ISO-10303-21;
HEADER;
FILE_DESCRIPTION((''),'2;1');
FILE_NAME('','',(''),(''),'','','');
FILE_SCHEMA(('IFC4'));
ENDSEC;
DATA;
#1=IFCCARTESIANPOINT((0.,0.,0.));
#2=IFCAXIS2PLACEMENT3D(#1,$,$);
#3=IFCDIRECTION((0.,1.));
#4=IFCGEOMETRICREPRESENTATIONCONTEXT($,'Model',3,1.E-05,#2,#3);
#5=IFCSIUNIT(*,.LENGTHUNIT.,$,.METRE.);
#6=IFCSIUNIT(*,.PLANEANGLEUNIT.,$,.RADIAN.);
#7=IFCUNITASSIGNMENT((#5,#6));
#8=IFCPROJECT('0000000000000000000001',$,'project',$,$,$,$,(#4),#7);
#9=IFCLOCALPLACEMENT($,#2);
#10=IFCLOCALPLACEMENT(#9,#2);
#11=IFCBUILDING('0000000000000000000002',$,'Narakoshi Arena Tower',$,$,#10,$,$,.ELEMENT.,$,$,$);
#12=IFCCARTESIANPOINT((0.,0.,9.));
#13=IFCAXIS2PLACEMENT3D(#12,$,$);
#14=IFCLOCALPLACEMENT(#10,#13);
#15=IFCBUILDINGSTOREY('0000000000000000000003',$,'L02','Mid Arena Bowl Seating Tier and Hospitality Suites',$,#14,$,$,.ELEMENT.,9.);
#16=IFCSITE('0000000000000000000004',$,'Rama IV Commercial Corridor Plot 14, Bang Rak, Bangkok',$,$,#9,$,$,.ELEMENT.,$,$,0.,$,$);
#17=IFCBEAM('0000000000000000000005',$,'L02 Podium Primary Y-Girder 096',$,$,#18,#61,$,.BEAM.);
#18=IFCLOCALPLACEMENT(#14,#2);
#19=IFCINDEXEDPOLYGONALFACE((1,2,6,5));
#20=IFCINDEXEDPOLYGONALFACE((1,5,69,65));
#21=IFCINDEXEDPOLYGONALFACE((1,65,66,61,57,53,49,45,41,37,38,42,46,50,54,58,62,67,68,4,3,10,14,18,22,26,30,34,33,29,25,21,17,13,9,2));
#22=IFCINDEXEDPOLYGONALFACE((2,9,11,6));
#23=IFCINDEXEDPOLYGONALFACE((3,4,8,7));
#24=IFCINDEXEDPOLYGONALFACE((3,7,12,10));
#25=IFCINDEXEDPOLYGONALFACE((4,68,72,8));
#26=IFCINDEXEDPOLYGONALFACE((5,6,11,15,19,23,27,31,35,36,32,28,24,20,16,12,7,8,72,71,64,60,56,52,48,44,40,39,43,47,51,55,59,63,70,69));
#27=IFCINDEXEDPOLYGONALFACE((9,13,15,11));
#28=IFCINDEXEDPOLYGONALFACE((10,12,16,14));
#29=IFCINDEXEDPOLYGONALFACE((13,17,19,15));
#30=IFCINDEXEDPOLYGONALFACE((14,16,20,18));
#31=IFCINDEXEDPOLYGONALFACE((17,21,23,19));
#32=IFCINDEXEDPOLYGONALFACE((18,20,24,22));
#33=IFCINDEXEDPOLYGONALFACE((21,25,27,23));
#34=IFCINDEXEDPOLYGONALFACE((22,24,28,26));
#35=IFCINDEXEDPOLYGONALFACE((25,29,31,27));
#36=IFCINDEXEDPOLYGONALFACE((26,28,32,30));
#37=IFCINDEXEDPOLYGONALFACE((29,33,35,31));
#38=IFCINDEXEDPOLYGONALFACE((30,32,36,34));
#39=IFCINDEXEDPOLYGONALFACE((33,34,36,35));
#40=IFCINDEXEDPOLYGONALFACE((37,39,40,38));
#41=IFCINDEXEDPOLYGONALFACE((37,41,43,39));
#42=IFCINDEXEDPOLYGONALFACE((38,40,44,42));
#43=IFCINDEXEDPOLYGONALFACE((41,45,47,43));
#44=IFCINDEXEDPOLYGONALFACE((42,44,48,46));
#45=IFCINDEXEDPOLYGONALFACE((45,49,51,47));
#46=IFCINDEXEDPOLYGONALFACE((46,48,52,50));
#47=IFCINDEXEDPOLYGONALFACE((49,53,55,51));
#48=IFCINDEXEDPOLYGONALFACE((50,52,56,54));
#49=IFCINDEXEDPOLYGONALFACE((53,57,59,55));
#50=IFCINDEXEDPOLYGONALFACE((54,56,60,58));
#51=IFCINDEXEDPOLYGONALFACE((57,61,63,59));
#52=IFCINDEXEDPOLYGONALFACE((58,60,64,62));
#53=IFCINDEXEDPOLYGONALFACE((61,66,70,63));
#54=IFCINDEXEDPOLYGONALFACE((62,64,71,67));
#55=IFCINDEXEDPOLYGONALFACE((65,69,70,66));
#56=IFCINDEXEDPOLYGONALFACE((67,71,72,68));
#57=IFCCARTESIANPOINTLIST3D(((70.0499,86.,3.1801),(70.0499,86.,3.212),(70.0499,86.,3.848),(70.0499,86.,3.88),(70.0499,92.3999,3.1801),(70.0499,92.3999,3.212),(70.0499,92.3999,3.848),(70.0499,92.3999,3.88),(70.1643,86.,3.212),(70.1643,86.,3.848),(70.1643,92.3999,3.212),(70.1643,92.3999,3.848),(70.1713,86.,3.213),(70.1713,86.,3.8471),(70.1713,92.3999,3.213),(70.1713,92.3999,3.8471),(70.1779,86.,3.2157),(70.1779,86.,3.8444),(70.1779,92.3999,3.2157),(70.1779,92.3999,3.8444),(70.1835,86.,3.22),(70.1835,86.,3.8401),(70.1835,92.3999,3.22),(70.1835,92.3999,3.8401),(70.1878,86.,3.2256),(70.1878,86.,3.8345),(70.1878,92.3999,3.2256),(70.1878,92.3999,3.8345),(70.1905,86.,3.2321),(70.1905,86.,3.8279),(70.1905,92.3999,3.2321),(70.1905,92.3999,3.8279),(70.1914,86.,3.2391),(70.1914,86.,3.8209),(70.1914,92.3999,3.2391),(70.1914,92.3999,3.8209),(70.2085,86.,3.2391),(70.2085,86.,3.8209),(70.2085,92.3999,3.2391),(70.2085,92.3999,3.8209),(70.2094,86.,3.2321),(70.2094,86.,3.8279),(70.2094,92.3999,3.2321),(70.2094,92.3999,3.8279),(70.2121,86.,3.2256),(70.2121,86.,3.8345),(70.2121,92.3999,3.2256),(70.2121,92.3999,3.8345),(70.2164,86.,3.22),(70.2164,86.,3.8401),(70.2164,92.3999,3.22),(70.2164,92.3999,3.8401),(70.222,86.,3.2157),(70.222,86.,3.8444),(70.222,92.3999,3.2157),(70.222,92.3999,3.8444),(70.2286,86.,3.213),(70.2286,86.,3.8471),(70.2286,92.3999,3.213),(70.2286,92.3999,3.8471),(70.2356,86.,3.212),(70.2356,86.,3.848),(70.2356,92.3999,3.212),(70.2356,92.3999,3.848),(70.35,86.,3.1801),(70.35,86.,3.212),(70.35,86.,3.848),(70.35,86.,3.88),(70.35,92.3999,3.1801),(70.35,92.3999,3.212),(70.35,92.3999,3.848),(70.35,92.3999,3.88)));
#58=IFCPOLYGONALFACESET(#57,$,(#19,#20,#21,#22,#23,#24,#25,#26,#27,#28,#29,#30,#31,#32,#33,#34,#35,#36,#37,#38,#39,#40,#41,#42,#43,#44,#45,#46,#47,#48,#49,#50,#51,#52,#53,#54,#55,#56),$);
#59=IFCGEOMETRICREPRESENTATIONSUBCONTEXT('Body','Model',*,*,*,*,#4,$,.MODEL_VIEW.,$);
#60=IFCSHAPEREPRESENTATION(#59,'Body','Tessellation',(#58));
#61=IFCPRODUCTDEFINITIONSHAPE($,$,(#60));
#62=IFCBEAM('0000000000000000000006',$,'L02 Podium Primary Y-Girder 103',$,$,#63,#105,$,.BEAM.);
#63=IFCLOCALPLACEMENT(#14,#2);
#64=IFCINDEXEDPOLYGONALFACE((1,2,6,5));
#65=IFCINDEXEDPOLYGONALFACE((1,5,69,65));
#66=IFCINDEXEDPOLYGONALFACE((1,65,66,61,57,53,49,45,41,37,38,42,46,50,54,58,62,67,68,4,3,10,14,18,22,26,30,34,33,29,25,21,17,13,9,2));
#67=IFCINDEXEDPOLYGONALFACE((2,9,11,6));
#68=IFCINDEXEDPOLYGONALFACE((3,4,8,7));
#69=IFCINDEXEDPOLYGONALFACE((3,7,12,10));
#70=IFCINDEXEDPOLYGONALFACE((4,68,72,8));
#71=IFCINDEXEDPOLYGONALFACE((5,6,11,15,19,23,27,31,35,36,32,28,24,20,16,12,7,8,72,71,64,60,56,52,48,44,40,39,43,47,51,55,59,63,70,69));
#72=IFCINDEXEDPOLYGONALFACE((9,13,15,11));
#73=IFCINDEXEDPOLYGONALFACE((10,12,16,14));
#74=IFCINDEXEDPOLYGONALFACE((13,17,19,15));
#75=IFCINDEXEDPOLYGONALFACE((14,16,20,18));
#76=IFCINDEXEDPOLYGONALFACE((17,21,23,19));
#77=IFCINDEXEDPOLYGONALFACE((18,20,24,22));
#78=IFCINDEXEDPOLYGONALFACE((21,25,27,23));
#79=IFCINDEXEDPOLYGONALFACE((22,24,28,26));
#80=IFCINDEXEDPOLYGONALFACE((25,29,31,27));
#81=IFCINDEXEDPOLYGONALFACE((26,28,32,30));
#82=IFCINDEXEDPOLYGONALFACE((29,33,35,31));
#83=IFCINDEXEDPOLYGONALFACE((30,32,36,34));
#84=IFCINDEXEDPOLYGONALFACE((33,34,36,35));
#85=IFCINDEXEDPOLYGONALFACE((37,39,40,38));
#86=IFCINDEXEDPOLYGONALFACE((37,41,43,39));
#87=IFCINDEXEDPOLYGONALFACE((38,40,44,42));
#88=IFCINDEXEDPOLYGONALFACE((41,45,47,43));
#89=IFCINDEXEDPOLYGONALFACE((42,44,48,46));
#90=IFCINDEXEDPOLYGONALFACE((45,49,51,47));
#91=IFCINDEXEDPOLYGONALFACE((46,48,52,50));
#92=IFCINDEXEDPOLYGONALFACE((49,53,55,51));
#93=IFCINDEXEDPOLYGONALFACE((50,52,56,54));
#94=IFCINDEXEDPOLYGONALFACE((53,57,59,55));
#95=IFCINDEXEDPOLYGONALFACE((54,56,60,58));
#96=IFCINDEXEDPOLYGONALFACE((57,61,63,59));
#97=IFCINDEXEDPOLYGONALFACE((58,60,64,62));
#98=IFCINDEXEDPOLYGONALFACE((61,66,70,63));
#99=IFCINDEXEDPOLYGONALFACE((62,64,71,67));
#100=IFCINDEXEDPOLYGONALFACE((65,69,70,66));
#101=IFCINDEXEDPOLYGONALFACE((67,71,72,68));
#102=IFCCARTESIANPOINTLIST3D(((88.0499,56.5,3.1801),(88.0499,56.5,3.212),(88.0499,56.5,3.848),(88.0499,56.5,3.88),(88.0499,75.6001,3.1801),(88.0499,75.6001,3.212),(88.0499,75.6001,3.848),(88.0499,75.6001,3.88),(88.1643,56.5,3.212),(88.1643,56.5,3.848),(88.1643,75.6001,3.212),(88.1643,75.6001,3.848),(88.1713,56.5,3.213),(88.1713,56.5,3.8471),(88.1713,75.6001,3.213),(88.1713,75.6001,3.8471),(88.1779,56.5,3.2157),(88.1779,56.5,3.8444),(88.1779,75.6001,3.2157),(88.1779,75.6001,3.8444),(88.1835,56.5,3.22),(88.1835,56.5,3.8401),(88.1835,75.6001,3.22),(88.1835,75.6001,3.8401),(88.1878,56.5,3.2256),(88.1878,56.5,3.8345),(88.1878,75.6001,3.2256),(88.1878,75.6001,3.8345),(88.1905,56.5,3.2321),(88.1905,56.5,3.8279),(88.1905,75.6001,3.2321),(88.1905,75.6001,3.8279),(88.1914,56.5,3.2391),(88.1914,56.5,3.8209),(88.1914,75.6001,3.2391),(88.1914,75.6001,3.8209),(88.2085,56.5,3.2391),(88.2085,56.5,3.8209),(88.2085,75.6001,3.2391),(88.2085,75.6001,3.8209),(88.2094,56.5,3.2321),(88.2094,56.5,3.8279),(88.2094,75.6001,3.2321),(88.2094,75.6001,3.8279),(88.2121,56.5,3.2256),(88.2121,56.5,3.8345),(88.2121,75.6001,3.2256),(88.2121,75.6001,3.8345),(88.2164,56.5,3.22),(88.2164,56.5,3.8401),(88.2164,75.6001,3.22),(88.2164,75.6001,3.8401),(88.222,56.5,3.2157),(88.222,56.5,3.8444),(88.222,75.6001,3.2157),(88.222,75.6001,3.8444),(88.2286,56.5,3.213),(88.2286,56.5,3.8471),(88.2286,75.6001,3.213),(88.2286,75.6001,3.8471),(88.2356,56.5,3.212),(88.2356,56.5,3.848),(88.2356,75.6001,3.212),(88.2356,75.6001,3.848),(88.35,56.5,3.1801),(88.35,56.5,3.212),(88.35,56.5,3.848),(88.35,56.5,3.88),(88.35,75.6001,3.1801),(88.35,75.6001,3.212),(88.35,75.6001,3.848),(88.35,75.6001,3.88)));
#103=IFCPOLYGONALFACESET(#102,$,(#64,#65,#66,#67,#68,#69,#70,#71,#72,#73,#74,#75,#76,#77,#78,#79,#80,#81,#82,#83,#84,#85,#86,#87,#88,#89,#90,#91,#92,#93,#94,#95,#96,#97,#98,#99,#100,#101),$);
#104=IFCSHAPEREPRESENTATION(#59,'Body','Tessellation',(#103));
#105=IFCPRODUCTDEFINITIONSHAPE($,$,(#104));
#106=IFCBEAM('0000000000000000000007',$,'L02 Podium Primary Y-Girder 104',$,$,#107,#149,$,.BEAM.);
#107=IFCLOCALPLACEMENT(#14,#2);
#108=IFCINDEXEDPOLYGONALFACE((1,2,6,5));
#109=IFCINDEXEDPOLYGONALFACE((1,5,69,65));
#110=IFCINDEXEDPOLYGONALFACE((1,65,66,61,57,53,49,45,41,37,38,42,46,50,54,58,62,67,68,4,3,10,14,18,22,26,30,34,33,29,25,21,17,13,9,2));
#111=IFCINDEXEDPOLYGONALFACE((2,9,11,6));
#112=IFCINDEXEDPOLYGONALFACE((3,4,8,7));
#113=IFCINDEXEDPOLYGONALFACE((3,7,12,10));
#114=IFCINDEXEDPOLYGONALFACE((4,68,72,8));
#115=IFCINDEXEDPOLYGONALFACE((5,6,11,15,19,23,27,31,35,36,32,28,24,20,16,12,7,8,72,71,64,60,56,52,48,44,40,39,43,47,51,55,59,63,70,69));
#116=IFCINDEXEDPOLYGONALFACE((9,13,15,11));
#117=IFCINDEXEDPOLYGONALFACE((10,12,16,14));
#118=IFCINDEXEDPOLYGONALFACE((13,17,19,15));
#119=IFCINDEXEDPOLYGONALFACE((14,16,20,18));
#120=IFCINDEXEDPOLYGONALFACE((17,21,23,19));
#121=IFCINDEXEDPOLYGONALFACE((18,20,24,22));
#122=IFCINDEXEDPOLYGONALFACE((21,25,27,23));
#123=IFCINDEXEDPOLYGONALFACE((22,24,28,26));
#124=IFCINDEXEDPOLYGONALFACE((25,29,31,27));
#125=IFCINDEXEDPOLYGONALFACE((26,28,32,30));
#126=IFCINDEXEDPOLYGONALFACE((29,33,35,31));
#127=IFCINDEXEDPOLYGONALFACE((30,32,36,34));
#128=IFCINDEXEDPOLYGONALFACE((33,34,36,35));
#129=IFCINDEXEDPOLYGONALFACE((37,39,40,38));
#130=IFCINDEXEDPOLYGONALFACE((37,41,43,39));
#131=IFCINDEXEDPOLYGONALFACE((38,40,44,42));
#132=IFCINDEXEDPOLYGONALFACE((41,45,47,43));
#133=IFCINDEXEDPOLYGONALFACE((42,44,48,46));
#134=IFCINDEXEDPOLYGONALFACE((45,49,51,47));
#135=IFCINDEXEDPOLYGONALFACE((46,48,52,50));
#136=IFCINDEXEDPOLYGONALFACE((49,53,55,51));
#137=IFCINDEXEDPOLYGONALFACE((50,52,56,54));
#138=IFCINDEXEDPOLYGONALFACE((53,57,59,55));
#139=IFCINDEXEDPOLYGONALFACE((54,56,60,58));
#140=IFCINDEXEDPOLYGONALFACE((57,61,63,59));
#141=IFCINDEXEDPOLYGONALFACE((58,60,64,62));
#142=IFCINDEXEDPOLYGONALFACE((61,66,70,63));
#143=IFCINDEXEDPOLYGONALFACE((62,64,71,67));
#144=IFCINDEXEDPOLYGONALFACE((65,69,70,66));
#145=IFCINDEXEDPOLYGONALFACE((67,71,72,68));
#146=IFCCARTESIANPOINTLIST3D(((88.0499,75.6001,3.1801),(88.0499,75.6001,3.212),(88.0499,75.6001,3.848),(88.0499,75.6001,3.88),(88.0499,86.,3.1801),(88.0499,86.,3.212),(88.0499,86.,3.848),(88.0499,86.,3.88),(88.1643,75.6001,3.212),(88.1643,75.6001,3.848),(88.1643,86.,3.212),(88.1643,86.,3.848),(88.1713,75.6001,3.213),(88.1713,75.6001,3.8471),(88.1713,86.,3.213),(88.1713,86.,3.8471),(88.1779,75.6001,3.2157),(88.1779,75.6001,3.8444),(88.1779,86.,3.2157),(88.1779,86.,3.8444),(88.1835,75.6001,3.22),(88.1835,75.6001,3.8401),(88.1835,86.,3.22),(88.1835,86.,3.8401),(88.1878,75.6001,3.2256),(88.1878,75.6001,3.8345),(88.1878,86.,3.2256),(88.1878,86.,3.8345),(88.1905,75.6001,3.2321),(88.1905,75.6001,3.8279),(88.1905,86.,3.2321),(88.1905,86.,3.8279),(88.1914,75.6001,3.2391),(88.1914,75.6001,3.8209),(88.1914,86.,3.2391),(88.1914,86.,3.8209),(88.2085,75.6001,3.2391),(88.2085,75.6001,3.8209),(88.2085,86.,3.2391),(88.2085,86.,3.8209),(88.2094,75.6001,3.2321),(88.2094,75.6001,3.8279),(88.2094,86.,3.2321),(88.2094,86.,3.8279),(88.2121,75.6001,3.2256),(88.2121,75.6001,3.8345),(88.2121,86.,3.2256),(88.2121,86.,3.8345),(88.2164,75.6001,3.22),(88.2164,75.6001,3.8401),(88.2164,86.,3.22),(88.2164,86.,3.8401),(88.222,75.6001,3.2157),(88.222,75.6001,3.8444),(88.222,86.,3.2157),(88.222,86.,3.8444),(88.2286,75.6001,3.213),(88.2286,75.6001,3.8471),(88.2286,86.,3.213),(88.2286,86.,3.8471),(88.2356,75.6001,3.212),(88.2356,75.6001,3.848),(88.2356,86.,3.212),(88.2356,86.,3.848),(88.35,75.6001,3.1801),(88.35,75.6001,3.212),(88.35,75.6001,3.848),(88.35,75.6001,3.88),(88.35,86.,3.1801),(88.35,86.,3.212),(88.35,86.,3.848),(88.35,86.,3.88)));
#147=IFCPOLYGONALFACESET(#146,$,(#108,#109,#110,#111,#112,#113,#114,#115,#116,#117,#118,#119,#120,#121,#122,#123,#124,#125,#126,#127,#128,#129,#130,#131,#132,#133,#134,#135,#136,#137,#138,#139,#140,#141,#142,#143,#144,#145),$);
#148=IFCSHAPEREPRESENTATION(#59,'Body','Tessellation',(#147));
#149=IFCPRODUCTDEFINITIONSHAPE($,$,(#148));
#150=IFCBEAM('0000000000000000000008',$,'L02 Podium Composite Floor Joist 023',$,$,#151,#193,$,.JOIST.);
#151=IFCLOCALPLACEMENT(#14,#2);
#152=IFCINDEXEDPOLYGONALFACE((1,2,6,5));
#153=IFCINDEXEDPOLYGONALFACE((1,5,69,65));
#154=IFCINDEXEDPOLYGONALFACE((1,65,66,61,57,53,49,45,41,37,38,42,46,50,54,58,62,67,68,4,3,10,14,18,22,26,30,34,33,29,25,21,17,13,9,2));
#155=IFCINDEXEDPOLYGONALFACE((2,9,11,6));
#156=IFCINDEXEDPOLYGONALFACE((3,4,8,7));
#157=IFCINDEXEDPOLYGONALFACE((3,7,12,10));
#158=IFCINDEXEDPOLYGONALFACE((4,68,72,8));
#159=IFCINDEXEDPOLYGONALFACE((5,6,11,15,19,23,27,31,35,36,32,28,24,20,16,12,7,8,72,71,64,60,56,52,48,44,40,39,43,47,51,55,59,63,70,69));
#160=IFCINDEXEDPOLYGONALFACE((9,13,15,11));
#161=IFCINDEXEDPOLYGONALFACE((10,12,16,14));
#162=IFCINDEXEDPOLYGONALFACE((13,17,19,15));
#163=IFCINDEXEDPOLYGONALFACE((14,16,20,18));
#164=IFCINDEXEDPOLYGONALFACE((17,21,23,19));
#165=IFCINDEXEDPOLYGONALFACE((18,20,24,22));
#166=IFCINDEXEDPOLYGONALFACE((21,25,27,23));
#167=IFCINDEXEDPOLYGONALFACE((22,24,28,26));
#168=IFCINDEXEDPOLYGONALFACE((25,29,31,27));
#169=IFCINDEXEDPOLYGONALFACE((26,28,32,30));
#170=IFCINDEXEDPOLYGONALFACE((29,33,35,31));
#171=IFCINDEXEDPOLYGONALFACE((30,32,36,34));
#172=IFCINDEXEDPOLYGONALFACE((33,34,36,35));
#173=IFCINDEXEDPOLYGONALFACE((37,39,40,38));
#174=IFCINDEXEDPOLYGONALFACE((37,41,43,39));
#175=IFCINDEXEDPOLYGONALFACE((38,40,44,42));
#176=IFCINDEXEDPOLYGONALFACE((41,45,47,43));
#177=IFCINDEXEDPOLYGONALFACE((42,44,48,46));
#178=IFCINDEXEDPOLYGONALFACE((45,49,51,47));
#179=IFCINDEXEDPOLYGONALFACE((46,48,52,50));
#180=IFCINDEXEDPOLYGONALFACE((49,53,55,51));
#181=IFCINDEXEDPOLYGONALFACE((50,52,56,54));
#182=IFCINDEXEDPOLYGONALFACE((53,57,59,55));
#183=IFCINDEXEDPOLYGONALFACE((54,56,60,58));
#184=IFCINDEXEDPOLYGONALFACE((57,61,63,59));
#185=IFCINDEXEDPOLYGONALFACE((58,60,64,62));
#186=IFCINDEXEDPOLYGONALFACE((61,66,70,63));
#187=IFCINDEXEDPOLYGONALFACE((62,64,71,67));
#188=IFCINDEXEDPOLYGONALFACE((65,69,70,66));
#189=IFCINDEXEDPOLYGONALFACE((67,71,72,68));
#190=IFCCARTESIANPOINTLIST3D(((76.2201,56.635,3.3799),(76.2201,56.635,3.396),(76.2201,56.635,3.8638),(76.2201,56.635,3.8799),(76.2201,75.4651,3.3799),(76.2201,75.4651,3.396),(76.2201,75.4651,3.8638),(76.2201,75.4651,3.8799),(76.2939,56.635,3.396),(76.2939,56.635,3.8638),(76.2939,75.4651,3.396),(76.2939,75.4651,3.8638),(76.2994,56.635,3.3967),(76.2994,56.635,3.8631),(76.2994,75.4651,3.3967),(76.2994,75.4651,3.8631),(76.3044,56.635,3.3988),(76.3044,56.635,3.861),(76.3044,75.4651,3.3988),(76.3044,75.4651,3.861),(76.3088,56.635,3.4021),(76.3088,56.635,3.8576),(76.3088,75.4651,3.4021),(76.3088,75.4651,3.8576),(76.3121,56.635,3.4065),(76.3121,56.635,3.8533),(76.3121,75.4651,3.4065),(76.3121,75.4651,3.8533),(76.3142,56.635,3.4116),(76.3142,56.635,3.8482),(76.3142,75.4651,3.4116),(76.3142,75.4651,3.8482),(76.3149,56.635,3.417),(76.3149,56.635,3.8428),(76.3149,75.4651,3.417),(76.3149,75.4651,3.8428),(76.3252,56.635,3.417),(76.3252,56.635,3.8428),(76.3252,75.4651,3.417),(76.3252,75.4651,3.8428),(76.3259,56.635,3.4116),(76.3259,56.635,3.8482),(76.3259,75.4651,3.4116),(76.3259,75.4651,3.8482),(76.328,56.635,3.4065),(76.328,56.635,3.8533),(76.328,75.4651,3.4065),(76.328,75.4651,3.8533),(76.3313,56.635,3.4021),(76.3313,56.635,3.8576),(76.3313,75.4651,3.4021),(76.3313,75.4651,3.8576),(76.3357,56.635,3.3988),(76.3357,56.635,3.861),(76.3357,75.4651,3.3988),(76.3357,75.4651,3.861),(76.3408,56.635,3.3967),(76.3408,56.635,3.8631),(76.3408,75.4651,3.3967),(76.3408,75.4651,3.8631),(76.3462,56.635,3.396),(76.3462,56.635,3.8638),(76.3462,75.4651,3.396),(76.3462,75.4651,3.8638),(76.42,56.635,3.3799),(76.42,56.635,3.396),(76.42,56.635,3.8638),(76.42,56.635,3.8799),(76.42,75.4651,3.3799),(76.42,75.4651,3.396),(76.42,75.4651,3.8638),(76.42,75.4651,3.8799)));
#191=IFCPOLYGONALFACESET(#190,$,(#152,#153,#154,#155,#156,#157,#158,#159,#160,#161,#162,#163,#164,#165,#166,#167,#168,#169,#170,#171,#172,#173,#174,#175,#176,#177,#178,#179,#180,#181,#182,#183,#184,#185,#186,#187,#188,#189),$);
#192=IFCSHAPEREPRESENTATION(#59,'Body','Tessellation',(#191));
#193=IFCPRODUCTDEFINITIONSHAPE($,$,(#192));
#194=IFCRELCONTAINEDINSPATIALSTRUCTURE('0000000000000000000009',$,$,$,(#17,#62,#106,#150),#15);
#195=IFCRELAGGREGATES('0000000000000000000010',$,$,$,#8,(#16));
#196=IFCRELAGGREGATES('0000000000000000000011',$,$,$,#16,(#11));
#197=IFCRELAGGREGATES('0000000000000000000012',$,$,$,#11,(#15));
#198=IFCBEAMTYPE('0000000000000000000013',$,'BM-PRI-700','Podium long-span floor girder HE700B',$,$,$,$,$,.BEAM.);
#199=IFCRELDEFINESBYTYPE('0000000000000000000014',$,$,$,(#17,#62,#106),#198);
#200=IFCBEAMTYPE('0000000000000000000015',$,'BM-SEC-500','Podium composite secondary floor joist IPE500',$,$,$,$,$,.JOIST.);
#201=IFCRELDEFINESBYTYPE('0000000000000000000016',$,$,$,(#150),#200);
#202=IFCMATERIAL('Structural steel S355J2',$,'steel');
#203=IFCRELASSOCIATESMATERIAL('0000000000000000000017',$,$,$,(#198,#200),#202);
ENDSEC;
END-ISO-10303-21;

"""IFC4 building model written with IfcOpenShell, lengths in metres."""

from ifc_helpers import new_model, si_unit, direction, frame, origin, origin_2d, place, context, subcontext, project, spatial, i_section, extrude, material, material_profile, profile_set, type_object, element, save


model = new_model("IFC4")

# Units and contexts
model_context = context("Model", 3, precision=1e-05, world=origin(), true_north=direction((0.0, 1.0)))
body_context = subcontext(model_context, "Body", "Model", "MODEL_VIEW")
ifc_project = project(units=[si_unit("LENGTHUNIT", "METRE"), si_unit("PLANEANGLEUNIT", "RADIAN")], contexts=[model_context])

# Site, building, storey
site_placement = place(None, origin())
site = spatial("IfcSite", under=ifc_project, at=site_placement, Name="Rama IV Commercial Corridor Plot 14, Bang Rak, Bangkok", CompositionType="ELEMENT", RefElevation=0.0)
building_placement = place(site_placement, origin())
building = spatial("IfcBuilding", under=site, at=building_placement, Name="Narakoshi Arena Tower", CompositionType="ELEMENT")
storey_placement = place(building_placement, frame((0.0, 0.0, 9.0)))
storey = spatial("IfcBuildingStorey", under=building, at=storey_placement, Name="L02", Description="Mid Arena Bowl Seating Tier and Hospitality Suites", CompositionType="ELEMENT", Elevation=9.0)

# Beams
ifc_material_1 = material(Name="Structural steel S355J2", Category="steel")
ifc_material_profile_1 = material_profile(ifc_material_1, i_section(OverallWidth=0.3, OverallDepth=0.7, WebThickness=0.0171, FlangeThickness=0.032, FilletRadius=0.0271, at=origin_2d()), Name="HE700B")
ifc_profile_set_1 = profile_set([ifc_material_profile_1], Name="Structural steel S355J2")
beam_type_1 = type_object("IfcBeamType", Name="BM-PRI-700", Description="Podium long-span floor girder HE700B", PredefinedType="BEAM", material=ifc_profile_set_1)
beam_1_placement = place(storey_placement, frame((70.2, 86.0, 3.53), z_axis=(0.0, 1.0, 0.0), x_axis=(-1.0, 0.0, 0.0)))
element("IfcBeam", 1, at=beam_1_placement, inside=storey, type_object=beam_type_1, Name="L02 Podium Primary Y-Girder 096", PredefinedType="BEAM", context=body_context, shape_type="SweptSolid", body=[
    extrude(i_section(OverallWidth=0.3, OverallDepth=0.7, WebThickness=0.0171, FlangeThickness=0.032, FilletRadius=0.0271, at=origin_2d()), origin(), (0.0, 0.0, 1.0), 6.3999),
])
beam_2_placement = place(storey_placement, frame((88.2, 56.5, 3.53), z_axis=(0.0, 1.0, 0.0), x_axis=(-1.0, 0.0, 0.0)))
element("IfcBeam", 2, at=beam_2_placement, inside=storey, type_object=beam_type_1, Name="L02 Podium Primary Y-Girder 103", PredefinedType="BEAM", context=body_context, shape_type="SweptSolid", body=[
    extrude(i_section(OverallWidth=0.3, OverallDepth=0.7, WebThickness=0.0171, FlangeThickness=0.032, FilletRadius=0.0271, at=origin_2d()), origin(), (0.0, 0.0, 1.0), 19.1001),
])
beam_3_placement = place(storey_placement, frame((88.2, 75.6001, 3.53), z_axis=(0.0, 1.0, 0.0), x_axis=(-1.0, 0.0, 0.0)))
element("IfcBeam", 3, at=beam_3_placement, inside=storey, type_object=beam_type_1, Name="L02 Podium Primary Y-Girder 104", PredefinedType="BEAM", context=body_context, shape_type="SweptSolid", body=[
    extrude(i_section(OverallWidth=0.3, OverallDepth=0.7, WebThickness=0.0171, FlangeThickness=0.032, FilletRadius=0.0271, at=origin_2d()), origin(), (0.0, 0.0, 1.0), 10.3999),
])
ifc_material_profile_2 = material_profile(ifc_material_1, i_section(OverallWidth=0.2, OverallDepth=0.5, WebThickness=0.0103, FlangeThickness=0.0161, FilletRadius=0.021, at=origin_2d()), Name="IPE500")
ifc_profile_set_2 = profile_set([ifc_material_profile_2], Name="Structural steel S355J2")
beam_type_2 = type_object("IfcBeamType", Name="BM-SEC-500", Description="Podium composite secondary floor joist IPE500", PredefinedType="JOIST", material=ifc_profile_set_2)
beam_4_placement = place(storey_placement, frame((76.3201, 56.635, 3.6299), z_axis=(0.0, 1.0, 0.0), x_axis=(-1.0, 0.0, 0.0)))
element("IfcBeam", 4, at=beam_4_placement, inside=storey, type_object=beam_type_2, Name="L02 Podium Composite Floor Joist 023", PredefinedType="JOIST", context=body_context, shape_type="SweptSolid", body=[
    extrude(i_section(OverallWidth=0.2, OverallDepth=0.5, WebThickness=0.0103, FlangeThickness=0.0161, FilletRadius=0.021, at=origin_2d()), origin(), (0.0, 0.0, 1.0), 18.8301),
])

save(model, "model.ifc")
